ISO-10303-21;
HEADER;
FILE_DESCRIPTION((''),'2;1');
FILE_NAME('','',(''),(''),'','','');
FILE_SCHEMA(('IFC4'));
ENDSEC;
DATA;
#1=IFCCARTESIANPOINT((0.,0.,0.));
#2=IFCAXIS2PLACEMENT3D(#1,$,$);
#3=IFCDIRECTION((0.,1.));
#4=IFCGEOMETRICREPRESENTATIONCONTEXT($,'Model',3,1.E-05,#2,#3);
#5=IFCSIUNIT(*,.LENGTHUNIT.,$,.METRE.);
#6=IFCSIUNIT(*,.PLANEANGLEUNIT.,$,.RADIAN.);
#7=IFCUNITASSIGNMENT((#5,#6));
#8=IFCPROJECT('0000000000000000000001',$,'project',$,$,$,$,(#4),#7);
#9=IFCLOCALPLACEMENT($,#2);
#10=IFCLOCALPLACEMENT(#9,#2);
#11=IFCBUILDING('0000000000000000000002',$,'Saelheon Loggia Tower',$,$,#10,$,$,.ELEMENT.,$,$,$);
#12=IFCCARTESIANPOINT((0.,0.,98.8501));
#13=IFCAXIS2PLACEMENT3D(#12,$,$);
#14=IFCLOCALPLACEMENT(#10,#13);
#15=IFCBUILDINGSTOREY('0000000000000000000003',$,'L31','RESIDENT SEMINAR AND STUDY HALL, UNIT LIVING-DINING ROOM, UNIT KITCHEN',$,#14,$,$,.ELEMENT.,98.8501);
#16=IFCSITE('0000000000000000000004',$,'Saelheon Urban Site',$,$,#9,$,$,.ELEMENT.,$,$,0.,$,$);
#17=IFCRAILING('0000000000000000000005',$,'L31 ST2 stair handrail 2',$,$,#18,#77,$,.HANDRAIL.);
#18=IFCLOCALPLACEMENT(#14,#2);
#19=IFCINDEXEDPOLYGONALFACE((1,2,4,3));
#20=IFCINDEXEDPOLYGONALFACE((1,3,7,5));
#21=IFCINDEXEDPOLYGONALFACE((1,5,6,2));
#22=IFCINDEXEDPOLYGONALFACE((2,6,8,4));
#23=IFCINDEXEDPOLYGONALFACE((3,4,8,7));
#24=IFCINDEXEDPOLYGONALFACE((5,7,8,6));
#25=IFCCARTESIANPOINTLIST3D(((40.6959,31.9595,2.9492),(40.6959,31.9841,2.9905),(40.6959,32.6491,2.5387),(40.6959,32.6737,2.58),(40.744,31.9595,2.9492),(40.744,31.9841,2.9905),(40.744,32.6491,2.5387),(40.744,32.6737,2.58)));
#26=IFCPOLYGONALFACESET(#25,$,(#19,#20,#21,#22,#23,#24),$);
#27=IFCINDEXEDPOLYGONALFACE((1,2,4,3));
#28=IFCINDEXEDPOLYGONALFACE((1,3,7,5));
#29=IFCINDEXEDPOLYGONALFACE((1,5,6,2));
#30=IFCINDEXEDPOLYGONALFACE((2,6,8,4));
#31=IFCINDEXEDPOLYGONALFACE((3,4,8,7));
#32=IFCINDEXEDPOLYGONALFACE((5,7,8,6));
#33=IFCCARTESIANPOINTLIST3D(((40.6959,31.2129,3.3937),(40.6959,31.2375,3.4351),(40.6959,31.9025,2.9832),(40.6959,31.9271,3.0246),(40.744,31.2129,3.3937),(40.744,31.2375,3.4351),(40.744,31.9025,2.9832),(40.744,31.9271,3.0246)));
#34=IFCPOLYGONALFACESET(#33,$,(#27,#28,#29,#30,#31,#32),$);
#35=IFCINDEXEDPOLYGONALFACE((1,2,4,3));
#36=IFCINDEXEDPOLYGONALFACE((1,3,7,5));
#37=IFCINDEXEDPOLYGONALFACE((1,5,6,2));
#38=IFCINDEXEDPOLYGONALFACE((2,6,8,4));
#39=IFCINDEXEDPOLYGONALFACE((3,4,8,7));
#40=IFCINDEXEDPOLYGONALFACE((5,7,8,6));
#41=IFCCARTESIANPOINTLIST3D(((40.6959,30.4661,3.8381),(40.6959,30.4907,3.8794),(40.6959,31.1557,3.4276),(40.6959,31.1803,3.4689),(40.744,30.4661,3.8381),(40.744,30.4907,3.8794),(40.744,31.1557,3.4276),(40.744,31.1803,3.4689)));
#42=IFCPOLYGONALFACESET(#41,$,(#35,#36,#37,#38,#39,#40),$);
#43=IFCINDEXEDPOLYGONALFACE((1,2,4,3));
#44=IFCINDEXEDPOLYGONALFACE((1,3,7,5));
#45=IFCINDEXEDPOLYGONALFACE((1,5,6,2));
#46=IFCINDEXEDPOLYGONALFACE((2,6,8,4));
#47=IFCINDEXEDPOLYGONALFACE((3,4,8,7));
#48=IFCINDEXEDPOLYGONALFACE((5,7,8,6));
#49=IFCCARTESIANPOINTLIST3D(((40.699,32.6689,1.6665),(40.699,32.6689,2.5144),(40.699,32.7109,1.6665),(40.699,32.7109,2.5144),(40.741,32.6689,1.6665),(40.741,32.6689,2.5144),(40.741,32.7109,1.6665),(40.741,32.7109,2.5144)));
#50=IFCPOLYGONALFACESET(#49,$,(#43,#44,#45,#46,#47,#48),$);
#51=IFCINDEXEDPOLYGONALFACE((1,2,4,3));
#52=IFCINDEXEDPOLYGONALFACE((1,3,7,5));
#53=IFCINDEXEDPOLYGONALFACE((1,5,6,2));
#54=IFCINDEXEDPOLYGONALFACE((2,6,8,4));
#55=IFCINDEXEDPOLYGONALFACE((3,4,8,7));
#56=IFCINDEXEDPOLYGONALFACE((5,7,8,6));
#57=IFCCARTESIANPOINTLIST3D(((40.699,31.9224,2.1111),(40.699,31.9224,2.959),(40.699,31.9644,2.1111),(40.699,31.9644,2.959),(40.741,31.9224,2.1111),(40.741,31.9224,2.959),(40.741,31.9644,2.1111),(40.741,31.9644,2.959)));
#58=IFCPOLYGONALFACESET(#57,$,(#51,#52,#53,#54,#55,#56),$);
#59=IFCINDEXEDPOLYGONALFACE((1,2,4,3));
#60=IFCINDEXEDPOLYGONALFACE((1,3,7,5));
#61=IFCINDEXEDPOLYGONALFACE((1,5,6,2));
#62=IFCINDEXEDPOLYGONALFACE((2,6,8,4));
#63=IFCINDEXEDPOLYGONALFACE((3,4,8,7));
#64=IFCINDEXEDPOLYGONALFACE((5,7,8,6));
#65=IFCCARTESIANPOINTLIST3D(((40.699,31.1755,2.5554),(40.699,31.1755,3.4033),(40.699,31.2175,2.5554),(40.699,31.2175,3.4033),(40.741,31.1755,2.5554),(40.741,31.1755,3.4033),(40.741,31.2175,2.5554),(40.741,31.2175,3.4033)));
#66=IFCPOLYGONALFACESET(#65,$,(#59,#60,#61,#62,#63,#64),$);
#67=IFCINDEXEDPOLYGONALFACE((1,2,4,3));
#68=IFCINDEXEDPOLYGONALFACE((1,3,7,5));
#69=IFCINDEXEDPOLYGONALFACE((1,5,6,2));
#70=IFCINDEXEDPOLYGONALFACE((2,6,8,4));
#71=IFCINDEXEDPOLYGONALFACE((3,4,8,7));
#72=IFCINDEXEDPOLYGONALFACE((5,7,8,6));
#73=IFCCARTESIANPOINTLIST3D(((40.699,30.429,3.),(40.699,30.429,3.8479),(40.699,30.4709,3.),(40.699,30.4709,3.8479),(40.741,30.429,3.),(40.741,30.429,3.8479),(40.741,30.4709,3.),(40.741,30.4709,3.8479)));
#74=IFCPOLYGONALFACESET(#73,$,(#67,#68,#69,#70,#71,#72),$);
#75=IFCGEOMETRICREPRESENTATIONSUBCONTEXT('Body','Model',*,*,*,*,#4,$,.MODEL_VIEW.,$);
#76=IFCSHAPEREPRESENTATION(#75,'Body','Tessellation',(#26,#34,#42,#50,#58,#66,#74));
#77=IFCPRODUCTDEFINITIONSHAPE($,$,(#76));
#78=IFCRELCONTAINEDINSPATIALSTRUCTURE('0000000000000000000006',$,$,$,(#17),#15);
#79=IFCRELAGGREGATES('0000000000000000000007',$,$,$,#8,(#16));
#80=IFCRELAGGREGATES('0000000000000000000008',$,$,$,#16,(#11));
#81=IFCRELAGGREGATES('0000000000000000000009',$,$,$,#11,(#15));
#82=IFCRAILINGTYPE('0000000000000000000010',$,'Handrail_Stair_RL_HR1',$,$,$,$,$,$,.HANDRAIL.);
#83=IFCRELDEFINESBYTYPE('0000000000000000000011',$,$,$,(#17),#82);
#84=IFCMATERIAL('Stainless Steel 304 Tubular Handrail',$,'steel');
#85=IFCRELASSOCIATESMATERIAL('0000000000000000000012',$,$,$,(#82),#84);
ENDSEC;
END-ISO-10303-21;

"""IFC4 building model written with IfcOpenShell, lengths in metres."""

from ifc_helpers import new_model, si_unit, direction, frame, origin, origin_2d, place, context, subcontext, project, spatial, rectangle, extrude, material, type_object, element, save


model = new_model("IFC4")

# Units and contexts
model_context = context("Model", 3, precision=1e-05, world=origin(), true_north=direction((0.0, 1.0)))
body_context = subcontext(model_context, "Body", "Model", "MODEL_VIEW")
ifc_project = project(units=[si_unit("LENGTHUNIT", "METRE"), si_unit("PLANEANGLEUNIT", "RADIAN")], contexts=[model_context])

# Site, building, storey
site_placement = place(None, origin())
site = spatial("IfcSite", under=ifc_project, at=site_placement, Name="Saelheon Urban Site", CompositionType="ELEMENT", RefElevation=0.0)
building_placement = place(site_placement, origin())
building = spatial("IfcBuilding", under=site, at=building_placement, Name="Saelheon Loggia Tower", CompositionType="ELEMENT")
storey_placement = place(building_placement, frame((0.0, 0.0, 98.8501)))
storey = spatial("IfcBuildingStorey", under=building, at=storey_placement, Name="L31", Description="RESIDENT SEMINAR AND STUDY HALL, UNIT LIVING-DINING ROOM, UNIT KITCHEN", CompositionType="ELEMENT", Elevation=98.8501)

# Railing
ifc_material_1 = material(Name="Stainless Steel 304 Tubular Handrail", Category="steel")
railing_type = type_object("IfcRailingType", Name="Handrail_Stair_RL_HR1", PredefinedType="HANDRAIL", material=ifc_material_1)
railing_placement = place(storey_placement, frame((40.72, 32.6899, 1.6665)))
element("IfcRailing", 1, at=railing_placement, inside=storey, type_object=railing_type, Name="L31 ST2 stair handrail 2", PredefinedType="HANDRAIL", context=body_context, shape_type="SweptSolid", body=[
    extrude(rectangle(XDim=0.0481, YDim=0.0481, at=origin_2d()), frame((0.0, -0.0286, 0.8928), z_axis=(0.0, -0.859264, 0.511532), x_axis=(1.0, 0.0, 0.0)), (0.0, 0.0, 1.0), 0.8025),
    extrude(rectangle(XDim=0.0481, YDim=0.0481, at=origin_2d()), frame((0.0, -0.7751, 1.3374), z_axis=(0.0, -0.859264, 0.511532), x_axis=(1.0, 0.0, 0.0)), (0.0, 0.0, 1.0), 0.8025),
    extrude(rectangle(XDim=0.0481, YDim=0.0481, at=origin_2d()), frame((0.0, -1.522, 1.7817), z_axis=(0.0, -0.859264, 0.511532), x_axis=(1.0, 0.0, 0.0)), (0.0, 0.0, 1.0), 0.8025),
    extrude(rectangle(XDim=0.042, YDim=0.042, at=origin_2d()), origin(), (0.0, 0.0, 1.0), 0.8479),
    extrude(rectangle(XDim=0.042, YDim=0.042, at=origin_2d()), frame((0.0, -0.7466, 0.4446)), (0.0, 0.0, 1.0), 0.8479),
    extrude(rectangle(XDim=0.042, YDim=0.042, at=origin_2d()), frame((0.0, -1.4934, 0.8889)), (0.0, 0.0, 1.0), 0.8479),
    extrude(rectangle(XDim=0.042, YDim=0.042, at=origin_2d()), frame((0.0, -2.24, 1.3335)), (0.0, 0.0, 1.0), 0.8479),
])

save(model, "model.ifc")
